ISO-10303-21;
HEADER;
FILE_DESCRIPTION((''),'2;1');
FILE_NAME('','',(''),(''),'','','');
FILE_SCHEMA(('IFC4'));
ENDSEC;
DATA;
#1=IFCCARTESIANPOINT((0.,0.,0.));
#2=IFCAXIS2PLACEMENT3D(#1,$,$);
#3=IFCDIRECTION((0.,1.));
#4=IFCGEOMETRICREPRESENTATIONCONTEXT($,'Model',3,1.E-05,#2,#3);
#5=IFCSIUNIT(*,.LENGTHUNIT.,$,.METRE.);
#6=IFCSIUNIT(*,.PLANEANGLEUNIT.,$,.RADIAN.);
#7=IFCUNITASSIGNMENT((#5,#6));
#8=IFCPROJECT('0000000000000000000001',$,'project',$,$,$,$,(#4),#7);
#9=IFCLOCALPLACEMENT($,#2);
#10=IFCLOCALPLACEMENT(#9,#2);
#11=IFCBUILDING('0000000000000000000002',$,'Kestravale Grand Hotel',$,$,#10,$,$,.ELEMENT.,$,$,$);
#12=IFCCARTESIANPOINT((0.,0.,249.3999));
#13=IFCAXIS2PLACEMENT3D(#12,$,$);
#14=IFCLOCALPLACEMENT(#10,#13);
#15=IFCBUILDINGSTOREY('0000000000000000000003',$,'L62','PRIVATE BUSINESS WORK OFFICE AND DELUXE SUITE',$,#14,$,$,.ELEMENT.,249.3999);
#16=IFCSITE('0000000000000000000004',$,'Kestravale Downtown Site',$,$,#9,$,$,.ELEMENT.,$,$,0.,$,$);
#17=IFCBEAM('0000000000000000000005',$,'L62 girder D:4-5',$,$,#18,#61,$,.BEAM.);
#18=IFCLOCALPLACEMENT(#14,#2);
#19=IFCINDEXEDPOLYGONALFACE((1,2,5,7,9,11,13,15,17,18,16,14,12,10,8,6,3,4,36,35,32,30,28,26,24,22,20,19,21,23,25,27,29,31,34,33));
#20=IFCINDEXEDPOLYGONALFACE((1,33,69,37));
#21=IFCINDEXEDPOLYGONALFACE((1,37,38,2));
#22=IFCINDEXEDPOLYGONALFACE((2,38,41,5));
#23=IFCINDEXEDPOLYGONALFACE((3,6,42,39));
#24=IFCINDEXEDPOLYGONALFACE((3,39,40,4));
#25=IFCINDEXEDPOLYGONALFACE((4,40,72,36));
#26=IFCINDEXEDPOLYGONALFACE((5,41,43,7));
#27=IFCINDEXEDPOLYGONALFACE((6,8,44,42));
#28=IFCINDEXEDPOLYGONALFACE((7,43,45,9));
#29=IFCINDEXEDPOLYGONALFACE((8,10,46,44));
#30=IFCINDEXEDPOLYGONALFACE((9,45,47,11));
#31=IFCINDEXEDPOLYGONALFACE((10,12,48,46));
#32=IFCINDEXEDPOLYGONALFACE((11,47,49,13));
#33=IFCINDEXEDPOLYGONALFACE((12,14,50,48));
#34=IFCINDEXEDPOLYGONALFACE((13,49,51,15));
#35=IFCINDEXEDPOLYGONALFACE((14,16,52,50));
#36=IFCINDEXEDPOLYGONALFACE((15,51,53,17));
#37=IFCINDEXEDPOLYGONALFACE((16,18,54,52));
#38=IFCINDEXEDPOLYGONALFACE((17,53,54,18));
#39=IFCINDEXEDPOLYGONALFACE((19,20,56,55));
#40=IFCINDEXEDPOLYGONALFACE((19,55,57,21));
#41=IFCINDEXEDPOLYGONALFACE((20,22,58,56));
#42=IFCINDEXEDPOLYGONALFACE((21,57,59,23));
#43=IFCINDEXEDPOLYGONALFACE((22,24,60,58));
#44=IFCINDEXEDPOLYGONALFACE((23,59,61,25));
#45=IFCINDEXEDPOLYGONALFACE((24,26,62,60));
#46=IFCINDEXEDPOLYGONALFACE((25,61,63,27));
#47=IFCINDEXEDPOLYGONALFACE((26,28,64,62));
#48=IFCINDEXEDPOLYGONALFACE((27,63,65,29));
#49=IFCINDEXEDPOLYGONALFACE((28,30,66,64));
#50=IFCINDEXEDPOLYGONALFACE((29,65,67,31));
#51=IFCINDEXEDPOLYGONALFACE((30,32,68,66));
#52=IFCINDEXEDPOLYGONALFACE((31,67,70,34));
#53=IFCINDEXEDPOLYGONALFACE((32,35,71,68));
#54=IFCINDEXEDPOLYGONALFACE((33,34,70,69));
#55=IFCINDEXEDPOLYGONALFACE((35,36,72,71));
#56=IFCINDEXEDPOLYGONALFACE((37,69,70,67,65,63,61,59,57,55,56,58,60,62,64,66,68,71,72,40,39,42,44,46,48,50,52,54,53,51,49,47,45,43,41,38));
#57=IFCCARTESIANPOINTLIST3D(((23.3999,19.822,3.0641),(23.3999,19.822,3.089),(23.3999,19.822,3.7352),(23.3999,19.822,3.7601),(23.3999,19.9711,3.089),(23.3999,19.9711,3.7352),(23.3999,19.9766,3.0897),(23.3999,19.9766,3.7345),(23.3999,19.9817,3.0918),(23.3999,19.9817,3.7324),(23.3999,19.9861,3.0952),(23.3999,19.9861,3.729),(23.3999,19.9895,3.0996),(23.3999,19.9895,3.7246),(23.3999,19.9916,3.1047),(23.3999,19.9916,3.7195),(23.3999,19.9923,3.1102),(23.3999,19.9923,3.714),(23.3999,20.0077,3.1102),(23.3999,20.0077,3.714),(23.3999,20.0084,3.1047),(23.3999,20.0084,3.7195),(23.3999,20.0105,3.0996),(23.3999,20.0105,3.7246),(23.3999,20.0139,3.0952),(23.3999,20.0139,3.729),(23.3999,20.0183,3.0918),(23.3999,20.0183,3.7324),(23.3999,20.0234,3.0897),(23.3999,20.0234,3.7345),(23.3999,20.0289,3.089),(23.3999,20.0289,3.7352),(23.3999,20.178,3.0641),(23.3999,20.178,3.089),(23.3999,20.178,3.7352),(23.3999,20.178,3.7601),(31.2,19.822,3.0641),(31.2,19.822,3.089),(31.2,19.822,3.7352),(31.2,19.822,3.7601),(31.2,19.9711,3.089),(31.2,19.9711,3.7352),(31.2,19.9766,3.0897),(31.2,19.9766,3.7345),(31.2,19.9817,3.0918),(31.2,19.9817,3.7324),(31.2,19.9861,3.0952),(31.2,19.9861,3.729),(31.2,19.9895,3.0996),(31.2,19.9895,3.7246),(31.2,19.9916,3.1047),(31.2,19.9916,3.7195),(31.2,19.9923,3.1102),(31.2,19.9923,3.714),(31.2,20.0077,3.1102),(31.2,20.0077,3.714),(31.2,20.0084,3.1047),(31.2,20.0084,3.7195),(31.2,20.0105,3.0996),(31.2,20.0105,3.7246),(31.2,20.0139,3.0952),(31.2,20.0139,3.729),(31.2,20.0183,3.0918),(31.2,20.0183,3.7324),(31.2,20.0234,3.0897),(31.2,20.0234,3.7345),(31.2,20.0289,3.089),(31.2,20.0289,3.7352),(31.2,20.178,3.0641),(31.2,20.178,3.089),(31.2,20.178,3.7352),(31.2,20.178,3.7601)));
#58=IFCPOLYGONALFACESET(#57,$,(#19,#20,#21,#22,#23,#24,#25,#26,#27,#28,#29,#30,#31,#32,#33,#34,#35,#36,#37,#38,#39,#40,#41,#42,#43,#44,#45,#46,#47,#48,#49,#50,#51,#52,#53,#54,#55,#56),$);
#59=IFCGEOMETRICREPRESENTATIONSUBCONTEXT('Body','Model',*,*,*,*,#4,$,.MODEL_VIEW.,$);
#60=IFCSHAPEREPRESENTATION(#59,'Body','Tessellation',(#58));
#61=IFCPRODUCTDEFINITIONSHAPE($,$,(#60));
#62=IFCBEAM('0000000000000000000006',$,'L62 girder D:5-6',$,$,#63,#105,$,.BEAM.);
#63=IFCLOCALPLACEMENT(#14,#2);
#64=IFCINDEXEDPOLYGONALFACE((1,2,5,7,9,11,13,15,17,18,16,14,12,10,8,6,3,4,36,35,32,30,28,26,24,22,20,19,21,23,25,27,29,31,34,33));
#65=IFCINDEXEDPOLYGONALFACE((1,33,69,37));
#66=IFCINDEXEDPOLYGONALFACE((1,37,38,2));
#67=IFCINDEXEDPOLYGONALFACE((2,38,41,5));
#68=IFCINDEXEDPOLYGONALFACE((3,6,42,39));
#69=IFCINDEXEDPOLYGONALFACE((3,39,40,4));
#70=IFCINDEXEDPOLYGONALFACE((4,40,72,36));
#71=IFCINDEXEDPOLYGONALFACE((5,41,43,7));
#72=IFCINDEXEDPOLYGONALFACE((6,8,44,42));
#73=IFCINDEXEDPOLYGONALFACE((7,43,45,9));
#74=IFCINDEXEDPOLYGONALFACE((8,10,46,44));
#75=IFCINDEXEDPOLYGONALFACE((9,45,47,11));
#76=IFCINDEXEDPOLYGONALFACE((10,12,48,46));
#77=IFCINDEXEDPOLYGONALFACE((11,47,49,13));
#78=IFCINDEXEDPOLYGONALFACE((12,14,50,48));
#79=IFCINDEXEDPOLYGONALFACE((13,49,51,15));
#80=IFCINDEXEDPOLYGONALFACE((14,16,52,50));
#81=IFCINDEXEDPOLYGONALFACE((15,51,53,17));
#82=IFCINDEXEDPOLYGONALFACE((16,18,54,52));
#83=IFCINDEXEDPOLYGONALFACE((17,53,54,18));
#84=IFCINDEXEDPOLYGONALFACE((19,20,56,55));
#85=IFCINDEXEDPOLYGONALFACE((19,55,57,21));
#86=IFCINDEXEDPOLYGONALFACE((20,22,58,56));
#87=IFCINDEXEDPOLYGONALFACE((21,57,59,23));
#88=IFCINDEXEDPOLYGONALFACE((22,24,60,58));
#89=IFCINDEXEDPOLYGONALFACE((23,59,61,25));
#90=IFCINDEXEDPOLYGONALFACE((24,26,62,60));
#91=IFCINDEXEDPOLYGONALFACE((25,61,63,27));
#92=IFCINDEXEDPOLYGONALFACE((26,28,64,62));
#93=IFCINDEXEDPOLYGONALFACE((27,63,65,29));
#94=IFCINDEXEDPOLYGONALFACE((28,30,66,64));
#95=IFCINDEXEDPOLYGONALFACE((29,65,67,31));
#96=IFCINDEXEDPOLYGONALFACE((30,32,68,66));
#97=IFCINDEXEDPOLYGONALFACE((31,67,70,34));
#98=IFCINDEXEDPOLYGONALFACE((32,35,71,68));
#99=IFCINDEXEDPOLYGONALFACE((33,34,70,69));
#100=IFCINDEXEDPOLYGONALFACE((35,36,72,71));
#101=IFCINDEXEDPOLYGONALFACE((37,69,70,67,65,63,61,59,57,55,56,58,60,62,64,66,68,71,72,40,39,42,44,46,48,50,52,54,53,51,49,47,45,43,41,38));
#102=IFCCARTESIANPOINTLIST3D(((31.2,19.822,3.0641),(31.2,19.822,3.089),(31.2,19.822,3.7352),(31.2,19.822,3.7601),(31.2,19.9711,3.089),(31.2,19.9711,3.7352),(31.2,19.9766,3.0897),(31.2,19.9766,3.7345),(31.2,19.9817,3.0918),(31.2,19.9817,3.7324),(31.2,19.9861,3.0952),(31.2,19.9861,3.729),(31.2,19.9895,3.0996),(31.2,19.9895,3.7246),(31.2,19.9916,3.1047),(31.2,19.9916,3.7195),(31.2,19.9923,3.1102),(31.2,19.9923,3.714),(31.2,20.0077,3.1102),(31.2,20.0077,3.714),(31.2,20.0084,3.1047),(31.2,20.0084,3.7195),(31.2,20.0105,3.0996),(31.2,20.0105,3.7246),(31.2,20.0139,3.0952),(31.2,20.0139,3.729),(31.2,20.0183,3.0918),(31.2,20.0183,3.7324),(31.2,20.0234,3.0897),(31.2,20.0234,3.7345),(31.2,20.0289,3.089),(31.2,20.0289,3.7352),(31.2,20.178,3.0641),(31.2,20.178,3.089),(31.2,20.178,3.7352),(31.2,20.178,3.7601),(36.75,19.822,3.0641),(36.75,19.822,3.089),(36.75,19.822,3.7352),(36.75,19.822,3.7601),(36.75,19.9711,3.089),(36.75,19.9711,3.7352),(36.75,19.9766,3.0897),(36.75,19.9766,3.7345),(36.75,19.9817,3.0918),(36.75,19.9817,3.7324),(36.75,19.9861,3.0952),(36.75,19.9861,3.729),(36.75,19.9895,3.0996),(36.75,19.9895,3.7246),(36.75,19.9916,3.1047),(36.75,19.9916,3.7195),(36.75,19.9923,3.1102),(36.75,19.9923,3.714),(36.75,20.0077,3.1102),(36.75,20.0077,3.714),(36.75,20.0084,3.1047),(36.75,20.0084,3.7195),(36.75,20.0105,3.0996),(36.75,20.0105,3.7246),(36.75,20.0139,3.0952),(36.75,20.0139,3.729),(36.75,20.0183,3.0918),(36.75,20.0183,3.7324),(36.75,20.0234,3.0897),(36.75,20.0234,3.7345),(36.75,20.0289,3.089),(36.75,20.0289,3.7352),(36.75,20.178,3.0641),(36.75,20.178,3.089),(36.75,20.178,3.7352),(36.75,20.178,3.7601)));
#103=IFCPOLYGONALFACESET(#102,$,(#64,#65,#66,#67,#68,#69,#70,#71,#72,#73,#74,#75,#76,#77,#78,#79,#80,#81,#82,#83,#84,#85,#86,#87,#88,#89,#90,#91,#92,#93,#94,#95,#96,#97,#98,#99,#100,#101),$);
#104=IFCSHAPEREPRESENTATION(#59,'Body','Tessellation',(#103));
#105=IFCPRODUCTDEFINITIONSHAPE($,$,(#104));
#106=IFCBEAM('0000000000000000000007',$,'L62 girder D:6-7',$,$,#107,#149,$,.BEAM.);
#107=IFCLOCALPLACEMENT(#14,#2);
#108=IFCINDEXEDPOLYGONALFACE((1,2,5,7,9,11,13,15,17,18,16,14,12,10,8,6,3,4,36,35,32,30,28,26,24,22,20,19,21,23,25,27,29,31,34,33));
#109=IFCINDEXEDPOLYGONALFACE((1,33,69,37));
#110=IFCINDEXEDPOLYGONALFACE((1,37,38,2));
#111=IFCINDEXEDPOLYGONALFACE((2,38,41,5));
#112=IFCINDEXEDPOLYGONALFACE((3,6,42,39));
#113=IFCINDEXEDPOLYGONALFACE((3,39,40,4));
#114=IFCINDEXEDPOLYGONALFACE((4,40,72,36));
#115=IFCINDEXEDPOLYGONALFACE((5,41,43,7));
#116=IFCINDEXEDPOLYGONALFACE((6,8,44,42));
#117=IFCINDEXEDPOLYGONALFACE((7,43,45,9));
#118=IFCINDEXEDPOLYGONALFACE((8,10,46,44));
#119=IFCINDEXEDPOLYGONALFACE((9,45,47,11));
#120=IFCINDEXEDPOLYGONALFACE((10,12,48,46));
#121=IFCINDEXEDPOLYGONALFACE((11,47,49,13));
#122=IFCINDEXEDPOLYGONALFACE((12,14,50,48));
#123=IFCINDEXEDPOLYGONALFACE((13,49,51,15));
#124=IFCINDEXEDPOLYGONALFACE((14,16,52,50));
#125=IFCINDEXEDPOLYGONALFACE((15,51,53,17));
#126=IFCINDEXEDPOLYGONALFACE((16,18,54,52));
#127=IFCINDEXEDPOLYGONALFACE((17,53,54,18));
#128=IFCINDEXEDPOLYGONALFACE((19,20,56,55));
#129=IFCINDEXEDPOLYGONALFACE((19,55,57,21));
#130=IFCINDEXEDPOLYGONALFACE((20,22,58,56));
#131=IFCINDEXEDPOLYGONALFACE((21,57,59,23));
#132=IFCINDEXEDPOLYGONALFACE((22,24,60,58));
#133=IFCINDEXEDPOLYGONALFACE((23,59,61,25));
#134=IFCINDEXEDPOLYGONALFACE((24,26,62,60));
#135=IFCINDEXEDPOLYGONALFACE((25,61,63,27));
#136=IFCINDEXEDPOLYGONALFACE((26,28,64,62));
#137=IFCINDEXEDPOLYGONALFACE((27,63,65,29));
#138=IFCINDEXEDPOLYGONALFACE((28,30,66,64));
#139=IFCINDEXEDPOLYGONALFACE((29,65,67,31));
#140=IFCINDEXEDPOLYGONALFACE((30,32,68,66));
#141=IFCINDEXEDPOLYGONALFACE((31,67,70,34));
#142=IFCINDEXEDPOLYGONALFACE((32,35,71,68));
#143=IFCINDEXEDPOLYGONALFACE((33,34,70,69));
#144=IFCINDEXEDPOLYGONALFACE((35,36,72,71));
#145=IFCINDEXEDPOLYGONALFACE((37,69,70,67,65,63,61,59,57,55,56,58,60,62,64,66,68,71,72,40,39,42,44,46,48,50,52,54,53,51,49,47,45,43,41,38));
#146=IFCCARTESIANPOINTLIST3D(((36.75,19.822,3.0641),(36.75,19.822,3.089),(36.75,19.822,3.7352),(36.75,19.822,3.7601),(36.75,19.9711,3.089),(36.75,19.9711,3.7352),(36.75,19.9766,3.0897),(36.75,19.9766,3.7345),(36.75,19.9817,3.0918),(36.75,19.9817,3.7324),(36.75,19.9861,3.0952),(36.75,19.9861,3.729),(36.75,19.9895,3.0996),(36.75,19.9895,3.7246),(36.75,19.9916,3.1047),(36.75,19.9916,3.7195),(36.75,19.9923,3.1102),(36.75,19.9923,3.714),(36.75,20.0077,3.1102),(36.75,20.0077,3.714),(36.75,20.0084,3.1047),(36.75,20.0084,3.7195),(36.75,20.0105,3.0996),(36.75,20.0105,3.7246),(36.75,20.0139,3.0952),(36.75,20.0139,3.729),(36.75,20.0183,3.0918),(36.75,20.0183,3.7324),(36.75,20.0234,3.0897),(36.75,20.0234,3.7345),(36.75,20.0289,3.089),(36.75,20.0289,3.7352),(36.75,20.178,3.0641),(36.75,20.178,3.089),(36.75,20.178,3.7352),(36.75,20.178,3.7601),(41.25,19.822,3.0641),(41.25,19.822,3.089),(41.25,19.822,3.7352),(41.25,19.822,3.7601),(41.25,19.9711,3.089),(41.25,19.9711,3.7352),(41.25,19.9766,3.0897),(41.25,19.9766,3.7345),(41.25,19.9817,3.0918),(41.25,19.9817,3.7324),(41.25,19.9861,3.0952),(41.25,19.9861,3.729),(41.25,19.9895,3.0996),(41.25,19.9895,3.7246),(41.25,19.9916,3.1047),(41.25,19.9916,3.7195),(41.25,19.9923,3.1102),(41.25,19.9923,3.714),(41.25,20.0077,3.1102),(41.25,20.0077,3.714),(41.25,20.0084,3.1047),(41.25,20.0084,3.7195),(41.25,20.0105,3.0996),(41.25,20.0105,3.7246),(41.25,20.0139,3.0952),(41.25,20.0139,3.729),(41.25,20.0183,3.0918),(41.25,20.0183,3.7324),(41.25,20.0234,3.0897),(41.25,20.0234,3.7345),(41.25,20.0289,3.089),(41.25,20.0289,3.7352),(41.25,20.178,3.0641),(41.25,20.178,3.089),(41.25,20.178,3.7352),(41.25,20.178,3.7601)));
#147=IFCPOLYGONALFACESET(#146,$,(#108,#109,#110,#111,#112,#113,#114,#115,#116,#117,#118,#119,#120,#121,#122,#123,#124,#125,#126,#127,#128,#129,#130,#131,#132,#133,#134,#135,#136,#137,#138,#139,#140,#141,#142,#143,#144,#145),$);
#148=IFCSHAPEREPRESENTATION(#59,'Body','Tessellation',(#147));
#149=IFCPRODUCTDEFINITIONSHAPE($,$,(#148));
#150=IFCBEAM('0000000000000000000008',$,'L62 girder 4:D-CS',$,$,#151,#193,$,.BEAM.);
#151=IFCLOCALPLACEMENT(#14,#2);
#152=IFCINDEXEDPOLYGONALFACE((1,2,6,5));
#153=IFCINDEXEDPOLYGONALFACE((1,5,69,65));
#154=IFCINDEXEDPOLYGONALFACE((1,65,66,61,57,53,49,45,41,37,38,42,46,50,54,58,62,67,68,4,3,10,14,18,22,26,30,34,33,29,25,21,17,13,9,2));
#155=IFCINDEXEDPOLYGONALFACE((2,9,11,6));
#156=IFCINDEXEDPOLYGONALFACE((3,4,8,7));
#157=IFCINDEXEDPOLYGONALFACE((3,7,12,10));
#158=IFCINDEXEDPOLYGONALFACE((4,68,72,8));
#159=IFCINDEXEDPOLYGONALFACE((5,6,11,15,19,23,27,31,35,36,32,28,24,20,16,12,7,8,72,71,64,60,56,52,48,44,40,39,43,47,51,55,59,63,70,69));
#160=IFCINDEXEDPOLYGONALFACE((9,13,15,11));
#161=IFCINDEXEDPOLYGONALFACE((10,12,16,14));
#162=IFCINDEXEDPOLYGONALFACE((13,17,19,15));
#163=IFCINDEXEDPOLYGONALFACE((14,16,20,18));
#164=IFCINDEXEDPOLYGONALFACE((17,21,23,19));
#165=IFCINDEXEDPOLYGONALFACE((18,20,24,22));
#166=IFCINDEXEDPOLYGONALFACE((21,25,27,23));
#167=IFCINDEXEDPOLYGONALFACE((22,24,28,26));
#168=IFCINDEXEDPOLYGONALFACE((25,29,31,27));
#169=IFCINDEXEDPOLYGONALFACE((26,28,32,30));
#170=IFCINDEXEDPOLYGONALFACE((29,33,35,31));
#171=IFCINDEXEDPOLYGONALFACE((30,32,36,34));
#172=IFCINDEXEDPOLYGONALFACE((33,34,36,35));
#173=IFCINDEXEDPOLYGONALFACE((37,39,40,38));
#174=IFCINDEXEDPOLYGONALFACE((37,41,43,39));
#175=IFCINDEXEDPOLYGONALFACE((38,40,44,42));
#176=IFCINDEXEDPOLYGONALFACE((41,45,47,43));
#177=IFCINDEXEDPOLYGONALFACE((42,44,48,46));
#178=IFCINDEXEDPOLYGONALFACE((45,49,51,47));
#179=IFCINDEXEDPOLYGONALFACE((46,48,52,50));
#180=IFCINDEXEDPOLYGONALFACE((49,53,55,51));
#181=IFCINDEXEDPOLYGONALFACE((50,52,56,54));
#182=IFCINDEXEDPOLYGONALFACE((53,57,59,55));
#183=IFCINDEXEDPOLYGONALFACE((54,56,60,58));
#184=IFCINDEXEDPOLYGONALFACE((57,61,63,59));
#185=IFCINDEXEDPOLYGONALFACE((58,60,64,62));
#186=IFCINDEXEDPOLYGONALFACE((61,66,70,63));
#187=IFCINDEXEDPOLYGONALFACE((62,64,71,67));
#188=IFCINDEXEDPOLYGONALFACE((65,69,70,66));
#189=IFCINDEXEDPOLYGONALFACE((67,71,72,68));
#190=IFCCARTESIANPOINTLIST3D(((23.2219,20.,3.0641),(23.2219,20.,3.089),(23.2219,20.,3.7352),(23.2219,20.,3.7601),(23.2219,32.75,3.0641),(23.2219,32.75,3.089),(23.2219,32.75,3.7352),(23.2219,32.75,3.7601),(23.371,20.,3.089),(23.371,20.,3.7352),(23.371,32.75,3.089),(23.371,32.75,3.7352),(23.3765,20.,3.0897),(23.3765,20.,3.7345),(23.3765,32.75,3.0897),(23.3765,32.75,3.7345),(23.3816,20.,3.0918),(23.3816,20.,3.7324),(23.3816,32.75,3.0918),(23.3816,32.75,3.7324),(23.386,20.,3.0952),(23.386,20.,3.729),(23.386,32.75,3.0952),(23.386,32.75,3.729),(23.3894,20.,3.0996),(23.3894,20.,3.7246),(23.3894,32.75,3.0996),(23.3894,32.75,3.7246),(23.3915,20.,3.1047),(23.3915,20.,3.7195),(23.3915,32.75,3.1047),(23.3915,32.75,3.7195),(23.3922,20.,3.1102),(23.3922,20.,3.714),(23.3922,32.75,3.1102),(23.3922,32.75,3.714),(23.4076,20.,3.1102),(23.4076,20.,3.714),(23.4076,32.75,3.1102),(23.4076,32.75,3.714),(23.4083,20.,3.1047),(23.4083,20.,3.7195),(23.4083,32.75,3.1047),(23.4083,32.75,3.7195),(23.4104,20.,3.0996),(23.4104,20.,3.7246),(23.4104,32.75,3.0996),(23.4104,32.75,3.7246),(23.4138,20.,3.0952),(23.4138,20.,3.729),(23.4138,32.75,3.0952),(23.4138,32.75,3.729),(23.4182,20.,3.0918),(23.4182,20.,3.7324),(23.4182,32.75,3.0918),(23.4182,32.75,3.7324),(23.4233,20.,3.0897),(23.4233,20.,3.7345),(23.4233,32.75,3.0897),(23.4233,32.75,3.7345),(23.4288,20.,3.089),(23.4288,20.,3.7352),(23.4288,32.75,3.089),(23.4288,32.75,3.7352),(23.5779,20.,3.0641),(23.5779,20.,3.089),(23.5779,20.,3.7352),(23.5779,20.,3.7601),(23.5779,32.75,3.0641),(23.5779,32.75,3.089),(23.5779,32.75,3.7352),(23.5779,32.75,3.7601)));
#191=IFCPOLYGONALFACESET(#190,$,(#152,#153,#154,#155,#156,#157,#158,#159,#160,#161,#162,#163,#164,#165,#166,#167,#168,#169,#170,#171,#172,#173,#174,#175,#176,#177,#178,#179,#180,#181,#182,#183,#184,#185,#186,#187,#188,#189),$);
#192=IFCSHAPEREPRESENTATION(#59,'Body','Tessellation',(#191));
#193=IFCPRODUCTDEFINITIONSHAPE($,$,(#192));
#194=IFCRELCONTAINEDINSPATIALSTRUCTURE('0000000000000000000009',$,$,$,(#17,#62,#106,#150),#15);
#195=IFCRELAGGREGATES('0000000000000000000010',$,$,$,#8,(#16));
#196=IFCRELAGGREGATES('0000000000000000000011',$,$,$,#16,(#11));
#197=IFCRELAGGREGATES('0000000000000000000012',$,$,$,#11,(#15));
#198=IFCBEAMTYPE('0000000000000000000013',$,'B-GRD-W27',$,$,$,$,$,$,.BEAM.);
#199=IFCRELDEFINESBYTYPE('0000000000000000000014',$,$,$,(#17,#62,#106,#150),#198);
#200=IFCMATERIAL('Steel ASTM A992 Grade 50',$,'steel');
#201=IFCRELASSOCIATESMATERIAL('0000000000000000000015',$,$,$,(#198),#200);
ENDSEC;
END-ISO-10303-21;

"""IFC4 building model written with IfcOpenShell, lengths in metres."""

from ifc_helpers import new_model, si_unit, direction, frame, origin, origin_2d, place, context, subcontext, project, spatial, i_section, extrude, material, material_profile, profile_set, type_object, element, save


model = new_model("IFC4")

# Units and contexts
model_context = context("Model", 3, precision=1e-05, world=origin(), true_north=direction((0.0, 1.0)))
body_context = subcontext(model_context, "Body", "Model", "MODEL_VIEW")
ifc_project = project(units=[si_unit("LENGTHUNIT", "METRE"), si_unit("PLANEANGLEUNIT", "RADIAN")], contexts=[model_context])

# Site, building, storey
site_placement = place(None, origin())
site = spatial("IfcSite", under=ifc_project, at=site_placement, Name="Kestravale Downtown Site", CompositionType="ELEMENT", RefElevation=0.0)
building_placement = place(site_placement, origin())
building = spatial("IfcBuilding", under=site, at=building_placement, Name="Kestravale Grand Hotel", CompositionType="ELEMENT")
storey_placement = place(building_placement, frame((0.0, 0.0, 249.3999)))
storey = spatial("IfcBuildingStorey", under=building, at=storey_placement, Name="L62", Description="PRIVATE BUSINESS WORK OFFICE AND DELUXE SUITE", CompositionType="ELEMENT", Elevation=249.3999)

# Beams
ifc_material_1 = material(Name="Steel ASTM A992 Grade 50", Category="steel")
ifc_material_profile_1 = material_profile(ifc_material_1, i_section(OverallWidth=0.356, OverallDepth=0.696, WebThickness=0.0154, FlangeThickness=0.0249, FilletRadius=0.0212, at=origin_2d()))
ifc_profile_set_1 = profile_set([ifc_material_profile_1], Name="Steel ASTM A992 Grade 50")
beam_type = type_object("IfcBeamType", Name="B-GRD-W27", PredefinedType="BEAM", material=ifc_profile_set_1)
beam_1_placement = place(storey_placement, frame((23.3999, 20.0, 3.4121), z_axis=(1.0, 0.0, 0.0), x_axis=(0.0, 1.0, 0.0)))
element("IfcBeam", 1, at=beam_1_placement, inside=storey, type_object=beam_type, Name="L62 girder D:4-5", PredefinedType="BEAM", context=body_context, shape_type="SweptSolid", body=[
    extrude(i_section(OverallWidth=0.356, OverallDepth=0.696, WebThickness=0.0154, FlangeThickness=0.0249, FilletRadius=0.0212, at=origin_2d()), origin(), (0.0, 0.0, 1.0), 7.8),
])
beam_2_placement = place(storey_placement, frame((31.2, 20.0, 3.4121), z_axis=(1.0, 0.0, 0.0), x_axis=(0.0, 1.0, 0.0)))
element("IfcBeam", 2, at=beam_2_placement, inside=storey, type_object=beam_type, Name="L62 girder D:5-6", PredefinedType="BEAM", context=body_context, shape_type="SweptSolid", body=[
    extrude(i_section(OverallWidth=0.356, OverallDepth=0.696, WebThickness=0.0154, FlangeThickness=0.0249, FilletRadius=0.0212, at=origin_2d()), origin(), (0.0, 0.0, 1.0), 5.55),
])
beam_3_placement = place(storey_placement, frame((36.75, 20.0, 3.4121), z_axis=(1.0, 0.0, 0.0), x_axis=(0.0, 1.0, 0.0)))
element("IfcBeam", 3, at=beam_3_placement, inside=storey, type_object=beam_type, Name="L62 girder D:6-7", PredefinedType="BEAM", context=body_context, shape_type="SweptSolid", body=[
    extrude(i_section(OverallWidth=0.356, OverallDepth=0.696, WebThickness=0.0154, FlangeThickness=0.0249, FilletRadius=0.0212, at=origin_2d()), origin(), (0.0, 0.0, 1.0), 4.5),
])
for number, where, z_axis, x_axis, name in (
    (4, (23.3999, 20.0, 3.4121), (0.0, 1.0, 0.0), (-1.0, 0.0, 0.0), "L62 girder 4:D-CS"),
):
    element("IfcBeam", number, at=place(storey_placement, frame(where, z_axis=z_axis, x_axis=x_axis)), inside=storey, type_object=beam_type, Name=name, PredefinedType="BEAM", context=body_context, shape_type="SweptSolid", body=[
        extrude(i_section(OverallWidth=0.356, OverallDepth=0.696, WebThickness=0.0154, FlangeThickness=0.0249, FilletRadius=0.0212, at=origin_2d()), origin(), (0.0, 0.0, 1.0), 12.75),
    ])

save(model, "model.ifc")
